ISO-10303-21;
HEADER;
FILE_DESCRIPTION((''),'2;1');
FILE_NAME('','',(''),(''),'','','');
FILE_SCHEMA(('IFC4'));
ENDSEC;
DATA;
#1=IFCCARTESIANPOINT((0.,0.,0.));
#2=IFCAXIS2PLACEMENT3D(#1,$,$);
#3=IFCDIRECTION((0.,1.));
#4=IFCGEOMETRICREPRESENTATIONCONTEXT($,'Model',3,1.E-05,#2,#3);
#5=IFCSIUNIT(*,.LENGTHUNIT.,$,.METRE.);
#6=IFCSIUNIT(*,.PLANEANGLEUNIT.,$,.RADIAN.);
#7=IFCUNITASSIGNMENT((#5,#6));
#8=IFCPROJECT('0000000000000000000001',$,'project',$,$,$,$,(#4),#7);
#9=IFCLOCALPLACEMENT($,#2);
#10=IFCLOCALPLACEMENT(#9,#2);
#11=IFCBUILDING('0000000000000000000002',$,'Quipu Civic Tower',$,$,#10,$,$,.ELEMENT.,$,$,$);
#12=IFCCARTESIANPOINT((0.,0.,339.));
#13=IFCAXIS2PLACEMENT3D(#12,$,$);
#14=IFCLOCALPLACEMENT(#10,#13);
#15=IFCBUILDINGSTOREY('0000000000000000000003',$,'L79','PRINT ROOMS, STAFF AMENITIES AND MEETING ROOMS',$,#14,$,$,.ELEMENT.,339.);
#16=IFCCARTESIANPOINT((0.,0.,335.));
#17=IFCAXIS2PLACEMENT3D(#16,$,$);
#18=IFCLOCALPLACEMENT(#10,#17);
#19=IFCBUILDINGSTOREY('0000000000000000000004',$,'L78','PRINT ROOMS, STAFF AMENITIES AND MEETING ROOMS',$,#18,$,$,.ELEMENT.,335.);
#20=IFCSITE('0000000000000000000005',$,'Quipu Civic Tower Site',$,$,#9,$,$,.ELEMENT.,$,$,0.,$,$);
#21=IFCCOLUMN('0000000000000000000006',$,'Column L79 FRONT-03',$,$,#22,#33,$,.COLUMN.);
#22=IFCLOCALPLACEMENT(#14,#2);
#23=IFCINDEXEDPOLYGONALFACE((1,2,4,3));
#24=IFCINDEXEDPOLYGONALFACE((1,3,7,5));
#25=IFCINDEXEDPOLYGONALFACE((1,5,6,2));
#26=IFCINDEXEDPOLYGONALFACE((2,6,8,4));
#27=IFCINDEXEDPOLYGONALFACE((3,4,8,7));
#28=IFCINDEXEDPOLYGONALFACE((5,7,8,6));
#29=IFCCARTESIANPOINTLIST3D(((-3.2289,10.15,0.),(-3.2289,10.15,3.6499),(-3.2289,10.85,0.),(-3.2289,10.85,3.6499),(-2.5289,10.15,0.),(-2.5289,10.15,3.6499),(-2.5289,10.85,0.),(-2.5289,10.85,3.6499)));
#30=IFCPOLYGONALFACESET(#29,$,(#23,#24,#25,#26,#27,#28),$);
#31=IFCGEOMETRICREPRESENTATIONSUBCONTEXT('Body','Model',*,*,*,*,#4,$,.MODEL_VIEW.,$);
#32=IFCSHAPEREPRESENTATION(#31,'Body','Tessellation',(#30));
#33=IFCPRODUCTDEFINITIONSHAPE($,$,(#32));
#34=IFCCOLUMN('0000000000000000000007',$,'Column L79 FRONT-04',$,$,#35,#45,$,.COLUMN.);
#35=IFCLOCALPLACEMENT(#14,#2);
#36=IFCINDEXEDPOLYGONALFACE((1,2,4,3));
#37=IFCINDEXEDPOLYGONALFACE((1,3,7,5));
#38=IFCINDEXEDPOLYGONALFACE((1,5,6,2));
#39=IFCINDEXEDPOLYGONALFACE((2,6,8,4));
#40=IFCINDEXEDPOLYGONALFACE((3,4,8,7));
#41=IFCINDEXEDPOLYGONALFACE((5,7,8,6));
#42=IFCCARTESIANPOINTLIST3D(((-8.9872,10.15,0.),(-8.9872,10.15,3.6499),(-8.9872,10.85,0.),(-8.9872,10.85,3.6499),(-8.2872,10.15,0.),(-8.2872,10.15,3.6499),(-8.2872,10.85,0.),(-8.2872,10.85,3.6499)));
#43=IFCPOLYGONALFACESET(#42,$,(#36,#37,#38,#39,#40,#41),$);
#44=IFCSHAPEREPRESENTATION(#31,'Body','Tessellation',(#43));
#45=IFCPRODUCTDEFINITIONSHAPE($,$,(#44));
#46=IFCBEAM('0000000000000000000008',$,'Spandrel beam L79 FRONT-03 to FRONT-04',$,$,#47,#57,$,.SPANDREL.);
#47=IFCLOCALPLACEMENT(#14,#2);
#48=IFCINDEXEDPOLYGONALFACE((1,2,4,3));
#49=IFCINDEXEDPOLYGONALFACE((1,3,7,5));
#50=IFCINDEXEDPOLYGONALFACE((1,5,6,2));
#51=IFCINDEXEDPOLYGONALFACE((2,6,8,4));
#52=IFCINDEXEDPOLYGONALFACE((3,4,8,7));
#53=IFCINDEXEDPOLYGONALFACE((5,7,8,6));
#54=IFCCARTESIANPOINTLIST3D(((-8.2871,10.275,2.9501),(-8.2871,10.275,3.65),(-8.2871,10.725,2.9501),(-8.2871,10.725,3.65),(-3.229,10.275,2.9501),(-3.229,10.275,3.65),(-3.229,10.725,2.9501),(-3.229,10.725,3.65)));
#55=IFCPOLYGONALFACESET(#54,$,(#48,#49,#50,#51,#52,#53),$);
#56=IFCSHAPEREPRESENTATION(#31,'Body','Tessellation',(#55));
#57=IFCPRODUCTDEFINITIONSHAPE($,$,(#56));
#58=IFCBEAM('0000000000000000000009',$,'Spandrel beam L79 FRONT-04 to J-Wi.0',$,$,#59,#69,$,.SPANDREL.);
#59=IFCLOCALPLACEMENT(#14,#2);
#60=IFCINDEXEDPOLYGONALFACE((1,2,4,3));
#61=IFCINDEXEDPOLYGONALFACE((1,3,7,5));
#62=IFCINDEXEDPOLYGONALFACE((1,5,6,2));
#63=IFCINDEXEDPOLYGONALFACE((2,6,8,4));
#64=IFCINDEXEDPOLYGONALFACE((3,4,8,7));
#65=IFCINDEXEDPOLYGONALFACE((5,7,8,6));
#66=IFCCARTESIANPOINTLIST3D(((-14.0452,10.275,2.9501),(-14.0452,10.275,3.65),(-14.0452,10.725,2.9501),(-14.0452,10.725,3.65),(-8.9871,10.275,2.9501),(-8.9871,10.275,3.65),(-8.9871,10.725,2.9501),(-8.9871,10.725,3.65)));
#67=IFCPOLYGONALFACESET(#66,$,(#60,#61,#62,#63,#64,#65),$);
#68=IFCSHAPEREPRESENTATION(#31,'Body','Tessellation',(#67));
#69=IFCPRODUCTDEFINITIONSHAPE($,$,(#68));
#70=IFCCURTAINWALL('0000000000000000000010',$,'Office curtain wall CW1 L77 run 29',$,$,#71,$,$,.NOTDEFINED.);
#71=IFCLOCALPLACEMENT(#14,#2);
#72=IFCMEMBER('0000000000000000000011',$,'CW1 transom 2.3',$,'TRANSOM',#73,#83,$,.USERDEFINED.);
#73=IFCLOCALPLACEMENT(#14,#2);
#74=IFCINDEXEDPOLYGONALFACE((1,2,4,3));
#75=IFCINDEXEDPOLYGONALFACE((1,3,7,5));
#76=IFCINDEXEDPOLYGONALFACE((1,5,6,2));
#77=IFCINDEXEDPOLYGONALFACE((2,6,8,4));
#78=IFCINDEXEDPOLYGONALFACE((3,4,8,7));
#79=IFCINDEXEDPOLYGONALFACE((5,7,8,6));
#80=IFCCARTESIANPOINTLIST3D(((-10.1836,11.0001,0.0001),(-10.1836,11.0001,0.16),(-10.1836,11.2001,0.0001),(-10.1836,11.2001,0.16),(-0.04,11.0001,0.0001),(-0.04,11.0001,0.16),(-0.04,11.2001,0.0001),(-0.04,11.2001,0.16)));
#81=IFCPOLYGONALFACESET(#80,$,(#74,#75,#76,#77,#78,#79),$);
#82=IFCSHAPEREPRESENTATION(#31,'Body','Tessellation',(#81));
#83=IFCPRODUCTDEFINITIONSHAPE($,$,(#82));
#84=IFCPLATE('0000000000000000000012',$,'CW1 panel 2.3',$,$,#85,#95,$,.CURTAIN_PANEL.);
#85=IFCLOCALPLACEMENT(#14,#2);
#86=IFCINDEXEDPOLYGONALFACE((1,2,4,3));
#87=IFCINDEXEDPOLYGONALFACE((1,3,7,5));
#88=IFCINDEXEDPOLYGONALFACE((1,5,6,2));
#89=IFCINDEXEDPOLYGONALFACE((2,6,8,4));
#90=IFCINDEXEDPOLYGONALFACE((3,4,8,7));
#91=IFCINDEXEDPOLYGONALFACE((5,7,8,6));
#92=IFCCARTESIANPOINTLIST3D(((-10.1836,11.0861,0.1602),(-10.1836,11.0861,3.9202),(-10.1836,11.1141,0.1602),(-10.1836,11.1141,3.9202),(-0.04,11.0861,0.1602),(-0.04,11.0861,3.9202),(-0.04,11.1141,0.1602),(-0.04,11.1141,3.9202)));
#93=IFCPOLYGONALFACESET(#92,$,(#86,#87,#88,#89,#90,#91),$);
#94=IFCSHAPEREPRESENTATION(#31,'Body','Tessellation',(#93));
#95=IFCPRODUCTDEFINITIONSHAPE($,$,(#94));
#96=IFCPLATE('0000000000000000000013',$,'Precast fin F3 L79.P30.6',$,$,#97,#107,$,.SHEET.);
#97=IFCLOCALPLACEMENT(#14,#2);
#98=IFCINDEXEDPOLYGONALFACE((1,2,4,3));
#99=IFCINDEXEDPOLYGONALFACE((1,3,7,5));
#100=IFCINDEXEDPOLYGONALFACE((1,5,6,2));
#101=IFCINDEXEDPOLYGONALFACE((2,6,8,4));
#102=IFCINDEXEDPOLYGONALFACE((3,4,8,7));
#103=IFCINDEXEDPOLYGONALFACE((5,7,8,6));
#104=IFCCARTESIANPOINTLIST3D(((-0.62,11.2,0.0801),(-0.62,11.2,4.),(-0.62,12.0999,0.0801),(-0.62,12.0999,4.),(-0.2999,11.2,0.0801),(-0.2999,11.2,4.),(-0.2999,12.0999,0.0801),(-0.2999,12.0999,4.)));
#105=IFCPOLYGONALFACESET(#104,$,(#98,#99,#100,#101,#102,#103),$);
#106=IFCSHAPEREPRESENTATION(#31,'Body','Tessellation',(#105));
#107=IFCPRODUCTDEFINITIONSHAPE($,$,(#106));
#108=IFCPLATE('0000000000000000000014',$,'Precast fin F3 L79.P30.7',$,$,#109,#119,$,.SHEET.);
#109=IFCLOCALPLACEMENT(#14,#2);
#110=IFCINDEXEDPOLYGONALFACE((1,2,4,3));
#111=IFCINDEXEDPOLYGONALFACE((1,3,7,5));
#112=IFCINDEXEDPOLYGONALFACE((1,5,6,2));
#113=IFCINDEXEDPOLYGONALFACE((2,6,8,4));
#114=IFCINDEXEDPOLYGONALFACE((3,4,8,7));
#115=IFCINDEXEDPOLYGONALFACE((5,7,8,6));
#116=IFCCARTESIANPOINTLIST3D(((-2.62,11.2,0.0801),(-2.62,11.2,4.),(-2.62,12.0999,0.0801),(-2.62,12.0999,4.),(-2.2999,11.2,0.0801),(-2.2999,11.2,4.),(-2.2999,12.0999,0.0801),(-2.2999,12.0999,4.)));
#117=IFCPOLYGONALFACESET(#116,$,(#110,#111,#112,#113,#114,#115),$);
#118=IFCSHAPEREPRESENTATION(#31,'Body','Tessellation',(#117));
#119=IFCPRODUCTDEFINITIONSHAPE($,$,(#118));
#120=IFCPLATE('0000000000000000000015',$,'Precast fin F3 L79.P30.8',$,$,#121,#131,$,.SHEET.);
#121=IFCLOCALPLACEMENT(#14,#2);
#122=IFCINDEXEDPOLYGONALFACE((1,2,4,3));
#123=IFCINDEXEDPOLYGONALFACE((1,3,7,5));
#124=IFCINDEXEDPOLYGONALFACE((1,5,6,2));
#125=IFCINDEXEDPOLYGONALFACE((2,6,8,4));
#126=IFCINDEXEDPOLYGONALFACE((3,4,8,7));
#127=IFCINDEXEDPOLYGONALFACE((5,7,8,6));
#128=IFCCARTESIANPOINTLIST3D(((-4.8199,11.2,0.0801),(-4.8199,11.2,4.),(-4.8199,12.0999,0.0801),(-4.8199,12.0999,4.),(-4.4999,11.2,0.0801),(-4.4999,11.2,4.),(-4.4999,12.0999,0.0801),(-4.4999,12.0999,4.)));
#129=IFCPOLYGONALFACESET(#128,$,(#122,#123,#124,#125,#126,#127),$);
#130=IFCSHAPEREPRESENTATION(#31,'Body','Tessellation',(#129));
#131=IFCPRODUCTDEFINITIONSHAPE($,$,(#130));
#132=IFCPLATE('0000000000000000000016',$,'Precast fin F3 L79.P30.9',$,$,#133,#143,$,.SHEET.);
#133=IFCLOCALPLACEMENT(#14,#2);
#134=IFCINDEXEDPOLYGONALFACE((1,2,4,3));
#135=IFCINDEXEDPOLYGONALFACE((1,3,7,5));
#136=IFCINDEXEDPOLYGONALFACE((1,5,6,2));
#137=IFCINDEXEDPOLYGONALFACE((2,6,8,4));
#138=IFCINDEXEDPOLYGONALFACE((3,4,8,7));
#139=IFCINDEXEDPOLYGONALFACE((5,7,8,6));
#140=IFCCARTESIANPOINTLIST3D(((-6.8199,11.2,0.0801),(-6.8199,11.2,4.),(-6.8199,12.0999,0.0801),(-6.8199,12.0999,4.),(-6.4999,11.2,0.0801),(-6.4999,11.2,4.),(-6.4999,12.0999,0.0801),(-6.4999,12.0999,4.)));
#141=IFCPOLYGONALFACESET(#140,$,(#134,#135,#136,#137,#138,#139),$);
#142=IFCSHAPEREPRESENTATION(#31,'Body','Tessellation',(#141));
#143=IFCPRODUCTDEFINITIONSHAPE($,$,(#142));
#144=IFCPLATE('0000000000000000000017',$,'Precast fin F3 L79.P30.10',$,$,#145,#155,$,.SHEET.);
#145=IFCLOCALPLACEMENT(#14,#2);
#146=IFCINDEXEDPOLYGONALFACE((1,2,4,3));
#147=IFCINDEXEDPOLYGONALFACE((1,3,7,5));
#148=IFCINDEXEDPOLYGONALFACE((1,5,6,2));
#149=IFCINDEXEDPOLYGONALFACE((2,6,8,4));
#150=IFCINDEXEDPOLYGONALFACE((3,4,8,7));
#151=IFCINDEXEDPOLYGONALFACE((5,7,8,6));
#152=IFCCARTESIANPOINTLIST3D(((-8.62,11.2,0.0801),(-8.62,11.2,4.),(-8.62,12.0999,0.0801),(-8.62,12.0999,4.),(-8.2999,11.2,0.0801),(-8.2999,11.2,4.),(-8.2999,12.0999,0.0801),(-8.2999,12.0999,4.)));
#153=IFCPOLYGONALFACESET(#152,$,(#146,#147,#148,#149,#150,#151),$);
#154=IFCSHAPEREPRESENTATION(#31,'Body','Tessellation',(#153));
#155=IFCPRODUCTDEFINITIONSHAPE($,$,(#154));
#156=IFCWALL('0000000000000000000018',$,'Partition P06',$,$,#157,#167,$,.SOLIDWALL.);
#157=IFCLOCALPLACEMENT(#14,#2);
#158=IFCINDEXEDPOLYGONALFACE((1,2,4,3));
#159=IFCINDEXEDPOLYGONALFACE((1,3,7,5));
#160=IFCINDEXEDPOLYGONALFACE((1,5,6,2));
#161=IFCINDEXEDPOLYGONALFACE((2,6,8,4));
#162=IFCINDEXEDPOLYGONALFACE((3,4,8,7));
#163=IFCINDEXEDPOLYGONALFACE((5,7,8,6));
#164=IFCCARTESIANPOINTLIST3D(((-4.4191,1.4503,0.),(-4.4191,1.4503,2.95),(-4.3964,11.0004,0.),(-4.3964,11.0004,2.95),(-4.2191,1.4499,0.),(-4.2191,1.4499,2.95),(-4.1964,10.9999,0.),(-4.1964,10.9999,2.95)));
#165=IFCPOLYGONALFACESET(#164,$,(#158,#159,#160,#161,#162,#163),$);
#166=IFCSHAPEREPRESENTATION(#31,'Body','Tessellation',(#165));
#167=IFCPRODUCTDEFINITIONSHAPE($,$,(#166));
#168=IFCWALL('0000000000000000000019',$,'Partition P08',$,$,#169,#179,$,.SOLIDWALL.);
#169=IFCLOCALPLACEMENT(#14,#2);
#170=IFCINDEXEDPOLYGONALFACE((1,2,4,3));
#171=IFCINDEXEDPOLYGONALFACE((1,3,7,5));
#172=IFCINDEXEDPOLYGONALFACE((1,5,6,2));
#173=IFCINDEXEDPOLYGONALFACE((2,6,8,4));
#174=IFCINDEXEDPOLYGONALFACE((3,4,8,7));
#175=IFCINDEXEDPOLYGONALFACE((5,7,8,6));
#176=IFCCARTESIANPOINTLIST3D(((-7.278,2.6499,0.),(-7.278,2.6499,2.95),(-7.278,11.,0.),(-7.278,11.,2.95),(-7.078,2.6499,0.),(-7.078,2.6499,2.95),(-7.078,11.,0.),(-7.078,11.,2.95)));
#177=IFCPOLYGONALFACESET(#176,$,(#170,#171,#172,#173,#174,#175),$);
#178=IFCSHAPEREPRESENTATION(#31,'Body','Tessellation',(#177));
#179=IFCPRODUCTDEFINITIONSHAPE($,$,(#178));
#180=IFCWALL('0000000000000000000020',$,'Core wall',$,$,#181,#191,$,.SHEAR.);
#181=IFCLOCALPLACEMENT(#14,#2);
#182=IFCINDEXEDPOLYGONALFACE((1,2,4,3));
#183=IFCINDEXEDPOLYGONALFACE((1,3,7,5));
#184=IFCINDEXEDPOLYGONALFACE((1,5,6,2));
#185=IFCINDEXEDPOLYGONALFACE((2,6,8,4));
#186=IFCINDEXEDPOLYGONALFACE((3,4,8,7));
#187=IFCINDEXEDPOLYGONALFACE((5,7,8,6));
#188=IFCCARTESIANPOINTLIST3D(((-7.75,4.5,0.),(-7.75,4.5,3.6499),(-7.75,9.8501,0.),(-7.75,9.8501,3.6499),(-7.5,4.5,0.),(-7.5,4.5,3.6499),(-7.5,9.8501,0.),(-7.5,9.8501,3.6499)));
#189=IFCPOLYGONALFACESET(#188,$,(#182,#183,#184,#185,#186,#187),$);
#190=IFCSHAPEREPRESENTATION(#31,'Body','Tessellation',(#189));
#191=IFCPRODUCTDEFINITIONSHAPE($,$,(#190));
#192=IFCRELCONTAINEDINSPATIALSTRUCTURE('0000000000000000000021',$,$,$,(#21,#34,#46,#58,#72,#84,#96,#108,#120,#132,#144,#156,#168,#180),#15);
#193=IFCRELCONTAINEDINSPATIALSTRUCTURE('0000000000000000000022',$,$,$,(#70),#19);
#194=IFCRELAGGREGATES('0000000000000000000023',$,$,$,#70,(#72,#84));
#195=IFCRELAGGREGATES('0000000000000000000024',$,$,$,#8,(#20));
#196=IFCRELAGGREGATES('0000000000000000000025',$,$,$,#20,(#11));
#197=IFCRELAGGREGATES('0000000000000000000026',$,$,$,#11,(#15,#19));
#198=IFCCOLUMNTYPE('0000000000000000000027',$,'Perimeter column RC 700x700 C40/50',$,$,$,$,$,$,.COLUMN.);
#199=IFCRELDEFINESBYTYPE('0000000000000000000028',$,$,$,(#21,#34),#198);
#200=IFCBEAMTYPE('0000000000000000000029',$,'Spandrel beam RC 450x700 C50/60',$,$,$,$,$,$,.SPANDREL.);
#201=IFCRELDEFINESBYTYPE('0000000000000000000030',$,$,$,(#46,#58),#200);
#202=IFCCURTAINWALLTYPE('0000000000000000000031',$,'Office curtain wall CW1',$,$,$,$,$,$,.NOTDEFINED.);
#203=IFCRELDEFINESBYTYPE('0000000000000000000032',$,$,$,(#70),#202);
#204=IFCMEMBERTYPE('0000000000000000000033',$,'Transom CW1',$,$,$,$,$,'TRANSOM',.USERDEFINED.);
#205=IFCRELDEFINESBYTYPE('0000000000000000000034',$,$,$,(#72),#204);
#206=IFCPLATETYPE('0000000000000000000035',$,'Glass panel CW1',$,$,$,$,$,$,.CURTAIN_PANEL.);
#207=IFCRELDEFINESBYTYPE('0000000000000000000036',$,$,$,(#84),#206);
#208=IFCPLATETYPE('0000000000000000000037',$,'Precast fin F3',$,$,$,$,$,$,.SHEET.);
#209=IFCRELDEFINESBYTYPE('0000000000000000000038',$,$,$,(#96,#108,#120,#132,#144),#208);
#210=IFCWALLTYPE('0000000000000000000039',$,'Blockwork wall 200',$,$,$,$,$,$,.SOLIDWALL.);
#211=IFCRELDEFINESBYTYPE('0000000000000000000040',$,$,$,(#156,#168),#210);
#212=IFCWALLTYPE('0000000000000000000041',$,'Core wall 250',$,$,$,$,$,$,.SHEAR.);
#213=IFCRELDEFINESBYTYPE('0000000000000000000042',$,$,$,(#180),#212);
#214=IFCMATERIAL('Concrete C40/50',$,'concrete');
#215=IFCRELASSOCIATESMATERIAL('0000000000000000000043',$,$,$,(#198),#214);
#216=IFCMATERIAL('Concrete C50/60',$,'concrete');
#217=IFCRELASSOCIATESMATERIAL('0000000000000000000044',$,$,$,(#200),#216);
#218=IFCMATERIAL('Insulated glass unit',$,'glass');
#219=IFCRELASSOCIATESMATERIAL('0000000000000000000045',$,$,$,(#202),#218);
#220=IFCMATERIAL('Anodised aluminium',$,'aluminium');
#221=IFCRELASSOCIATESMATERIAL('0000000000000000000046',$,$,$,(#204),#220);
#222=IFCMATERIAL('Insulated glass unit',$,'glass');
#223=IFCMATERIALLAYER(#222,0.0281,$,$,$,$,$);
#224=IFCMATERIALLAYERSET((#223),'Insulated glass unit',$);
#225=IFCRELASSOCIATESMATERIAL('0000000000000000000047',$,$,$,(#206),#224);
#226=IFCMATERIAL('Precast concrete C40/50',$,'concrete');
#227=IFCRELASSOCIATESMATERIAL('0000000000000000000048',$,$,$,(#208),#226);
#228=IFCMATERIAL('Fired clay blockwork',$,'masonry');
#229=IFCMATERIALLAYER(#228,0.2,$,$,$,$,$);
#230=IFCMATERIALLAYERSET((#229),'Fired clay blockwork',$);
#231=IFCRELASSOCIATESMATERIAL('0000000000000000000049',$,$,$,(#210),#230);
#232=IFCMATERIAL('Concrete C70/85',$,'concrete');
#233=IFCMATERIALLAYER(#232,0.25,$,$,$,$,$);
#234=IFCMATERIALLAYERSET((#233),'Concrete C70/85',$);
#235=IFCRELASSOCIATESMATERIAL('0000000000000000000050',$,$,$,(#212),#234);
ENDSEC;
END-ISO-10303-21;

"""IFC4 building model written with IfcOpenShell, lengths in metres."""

from ifc_helpers import new_model, si_unit, direction, frame, frame_2d, origin, origin_2d, place, context, subcontext, project, spatial, rectangle, extrude, material, layer, layer_set, material_profile, profile_set, type_object, element, aggregate, save


model = new_model("IFC4")

# Units and contexts
model_context = context("Model", 3, precision=1e-05, world=origin(), true_north=direction((0.0, 1.0)))
body_context = subcontext(model_context, "Body", "Model", "MODEL_VIEW")
ifc_project = project(units=[si_unit("LENGTHUNIT", "METRE"), si_unit("PLANEANGLEUNIT", "RADIAN")], contexts=[model_context])

# Site, building, storey
site_placement = place(None, origin())
site = spatial("IfcSite", under=ifc_project, at=site_placement, Name="Quipu Civic Tower Site", CompositionType="ELEMENT", RefElevation=0.0)
building_placement = place(site_placement, origin())
building = spatial("IfcBuilding", under=site, at=building_placement, Name="Quipu Civic Tower", CompositionType="ELEMENT")
storey_1_placement = place(building_placement, frame((0.0, 0.0, 339.0)))
storey_1 = spatial("IfcBuildingStorey", under=building, at=storey_1_placement, Name="L79", Description="PRINT ROOMS, STAFF AMENITIES AND MEETING ROOMS", CompositionType="ELEMENT", Elevation=339.0)

# Columns
ifc_material_1 = material(Name="Concrete C40/50", Category="concrete")
ifc_material_profile_1 = material_profile(ifc_material_1, rectangle(XDim=0.7, YDim=0.7, at=origin_2d()), Name="RC700x700")
ifc_profile_set_1 = profile_set([ifc_material_profile_1], Name="Concrete C40/50")
column_type = type_object("IfcColumnType", Name="Perimeter column RC 700x700 C40/50", PredefinedType="COLUMN", material=ifc_profile_set_1)
for number, where, z_axis, x_axis, name in (
    (1, (-2.8789, 10.5, 0.0), (0.0, 0.0, 1.0), (-1.0, 0.0, 0.0), "Column L79 FRONT-03"),
    (2, (-8.6372, 10.5, 0.0), (0.0, 0.0, 1.0), (-1.0, 0.0, 0.0), "Column L79 FRONT-04"),
):
    element("IfcColumn", number, at=place(storey_1_placement, frame(where, z_axis=z_axis, x_axis=x_axis)), inside=storey_1, type_object=column_type, Name=name, PredefinedType="COLUMN", context=body_context, shape_type="SweptSolid", body=[
        extrude(rectangle(XDim=0.7, YDim=0.7, at=origin_2d()), origin(), (0.0, 0.0, 1.0), 3.6499),
    ])

# Beams
ifc_material_2 = material(Name="Concrete C50/60", Category="concrete")
ifc_material_profile_2 = material_profile(ifc_material_2, rectangle(XDim=0.45, YDim=0.7, at=origin_2d()), Name="RC450x700")
ifc_profile_set_2 = profile_set([ifc_material_profile_2], Name="Concrete C50/60")
beam_type = type_object("IfcBeamType", Name="Spandrel beam RC 450x700 C50/60", PredefinedType="SPANDREL", material=ifc_profile_set_2)
for number, where, z_axis, x_axis, name in (
    (3, (-3.229, 10.5, 3.3), (-1.0, 0.0, 0.0), (0.0, -1.0, 0.0), "Spandrel beam L79 FRONT-03 to FRONT-04"),
    (4, (-8.9871, 10.5, 3.3), (-1.0, 0.0, 0.0), (0.0, -1.0, 0.0), "Spandrel beam L79 FRONT-04 to J-Wi.0"),
):
    element("IfcBeam", number, at=place(storey_1_placement, frame(where, z_axis=z_axis, x_axis=x_axis)), inside=storey_1, type_object=beam_type, Name=name, PredefinedType="SPANDREL", context=body_context, shape_type="SweptSolid", body=[
        extrude(rectangle(XDim=0.45, YDim=0.7, at=origin_2d()), origin(), (0.0, 0.0, 1.0), 5.0581),
    ])

# Shared definitions
storey_2_placement = place(building_placement, frame((0.0, 0.0, 335.0)))
storey_2 = spatial("IfcBuildingStorey", under=building, at=storey_2_placement, Name="L78", Description="PRINT ROOMS, STAFF AMENITIES AND MEETING ROOMS", CompositionType="ELEMENT", Elevation=335.0)

# Curtain wall, member, plate
ifc_material_3 = material(Name="Insulated glass unit", Category="glass")
curtain_wall_type = type_object("IfcCurtainWallType", Name="Office curtain wall CW1", PredefinedType="NOTDEFINED", material=ifc_material_3)
curtain_wall_placement = place(storey_2_placement, origin())
curtain_wall = element("IfcCurtainWall", 5, at=curtain_wall_placement, inside=storey_2, type_object=curtain_wall_type, Name="Office curtain wall CW1 L77 run 29", PredefinedType="NOTDEFINED")
ifc_material_4 = material(Name="Anodised aluminium", Category="aluminium")
ifc_material_profile_3 = material_profile(ifc_material_4, rectangle(XDim=0.2, YDim=0.1599, at=origin_2d()), Name="RECT 200x160")
ifc_profile_set_3 = profile_set([ifc_material_profile_3], Name="Anodised aluminium")
member_type = type_object("IfcMemberType", Name="Transom CW1", ElementType="TRANSOM", PredefinedType="USERDEFINED", material=ifc_profile_set_3)
member_placement = place(storey_1_placement, frame((-0.04, 11.1001, 0.0801), z_axis=(-1.0, 0.0, 0.0), x_axis=(0.0, -1.0, 0.0)))
member = element("IfcMember", 6, at=member_placement, inside=storey_1, type_object=member_type, Name="CW1 transom 2.3", ObjectType="TRANSOM", PredefinedType="USERDEFINED", context=body_context, shape_type="SweptSolid", body=[
    extrude(rectangle(XDim=0.2, YDim=0.1599, at=origin_2d()), origin(), (0.0, 0.0, 1.0), 10.1436),
])
ifc_material_5 = material(Name="Insulated glass unit", Category="glass")
ifc_layer_1 = layer(ifc_material_5, 0.0281)
ifc_layer_set_1 = layer_set([ifc_layer_1], Name="Insulated glass unit")
plate_type_1 = type_object("IfcPlateType", Name="Glass panel CW1", PredefinedType="CURTAIN_PANEL", material=ifc_layer_set_1)
plate_placement = place(storey_1_placement, frame((-5.1118, 11.1001, 0.1602), z_axis=(0.0, 0.0, 1.0), x_axis=(-1.0, 0.0, 0.0)))
plate = element("IfcPlate", 7, at=plate_placement, inside=storey_1, type_object=plate_type_1, Name="CW1 panel 2.3", PredefinedType="CURTAIN_PANEL", context=body_context, shape_type="SweptSolid", body=[
    extrude(rectangle(XDim=10.1436, YDim=0.0281, at=origin_2d()), origin(), (0.0, 0.0, 1.0), 3.76),
])
aggregate(curtain_wall, [member, plate])

# Plates
ifc_material_6 = material(Name="Precast concrete C40/50", Category="concrete")
plate_type_2 = type_object("IfcPlateType", Name="Precast fin F3", PredefinedType="SHEET", material=ifc_material_6)
for number, where, z_axis, x_axis, name in (
    (8, (-0.46, 11.6499, 0.0801), (0.0, 0.0, 1.0), (-1.0, 0.0, 0.0), "Precast fin F3 L79.P30.6"),
    (9, (-2.46, 11.6499, 0.0801), (0.0, 0.0, 1.0), (-1.0, 0.0, 0.0), "Precast fin F3 L79.P30.7"),
    (10, (-4.6599, 11.6499, 0.0801), (0.0, 0.0, 1.0), (-1.0, 0.0, 0.0), "Precast fin F3 L79.P30.8"),
    (11, (-6.6599, 11.6499, 0.0801), (0.0, 0.0, 1.0), (-1.0, 0.0, 0.0), "Precast fin F3 L79.P30.9"),
    (12, (-8.46, 11.6499, 0.0801), (0.0, 0.0, 1.0), (-1.0, 0.0, 0.0), "Precast fin F3 L79.P30.10"),
):
    element("IfcPlate", number, at=place(storey_1_placement, frame(where, z_axis=z_axis, x_axis=x_axis)), inside=storey_1, type_object=plate_type_2, Name=name, PredefinedType="SHEET", context=body_context, shape_type="SweptSolid", body=[
        extrude(rectangle(XDim=0.3201, YDim=0.8999, at=origin_2d()), origin(), (0.0, 0.0, 1.0), 3.9199),
    ])

# Walls
ifc_material_7 = material(Name="Fired clay blockwork", Category="masonry")
ifc_layer_2 = layer(ifc_material_7, 0.2)
ifc_layer_set_2 = layer_set([ifc_layer_2], Name="Fired clay blockwork")
wall_type_1 = type_object("IfcWallType", Name="Blockwork wall 200", PredefinedType="SOLIDWALL", material=ifc_layer_set_2)
wall_1_placement = place(storey_1_placement, frame((-4.2964, 11.0, 0.0), z_axis=(0.0, 0.0, 1.0), x_axis=(-0.002377, -0.999997, 0.0)))
element("IfcWall", 13, at=wall_1_placement, inside=storey_1, type_object=wall_type_1, Name="Partition P06", PredefinedType="SOLIDWALL", context=body_context, shape_type="SweptSolid", body=[
    extrude(rectangle(XDim=9.55, YDim=0.2, at=frame_2d((4.7749, 0.0))), origin(), (0.0, 0.0, 1.0), 2.95),
])
wall_2_placement = place(storey_1_placement, frame((-7.178, 11.0, 0.0), z_axis=(0.0, 0.0, 1.0), x_axis=(0.0, -1.0, 0.0)))
element("IfcWall", 14, at=wall_2_placement, inside=storey_1, type_object=wall_type_1, Name="Partition P08", PredefinedType="SOLIDWALL", context=body_context, shape_type="SweptSolid", body=[
    extrude(rectangle(XDim=8.3501, YDim=0.2, at=frame_2d((4.175, 0.0))), origin(), (0.0, 0.0, 1.0), 2.95),
])
ifc_material_8 = material(Name="Concrete C70/85", Category="concrete")
ifc_layer_3 = layer(ifc_material_8, 0.25)
ifc_layer_set_3 = layer_set([ifc_layer_3], Name="Concrete C70/85")
wall_type_2 = type_object("IfcWallType", Name="Core wall 250", PredefinedType="SHEAR", material=ifc_layer_set_3)
wall_3_placement = place(storey_1_placement, frame((-7.625, 4.5, 0.0), z_axis=(0.0, 0.0, 1.0), x_axis=(0.0, 1.0, 0.0)))
element("IfcWall", 15, at=wall_3_placement, inside=storey_1, type_object=wall_type_2, Name="Core wall", PredefinedType="SHEAR", context=body_context, shape_type="SweptSolid", body=[
    extrude(rectangle(XDim=5.3501, YDim=0.25, at=frame_2d((2.675, 0.0))), origin(), (0.0, 0.0, 1.0), 3.6499),
])

save(model, "model.ifc")
